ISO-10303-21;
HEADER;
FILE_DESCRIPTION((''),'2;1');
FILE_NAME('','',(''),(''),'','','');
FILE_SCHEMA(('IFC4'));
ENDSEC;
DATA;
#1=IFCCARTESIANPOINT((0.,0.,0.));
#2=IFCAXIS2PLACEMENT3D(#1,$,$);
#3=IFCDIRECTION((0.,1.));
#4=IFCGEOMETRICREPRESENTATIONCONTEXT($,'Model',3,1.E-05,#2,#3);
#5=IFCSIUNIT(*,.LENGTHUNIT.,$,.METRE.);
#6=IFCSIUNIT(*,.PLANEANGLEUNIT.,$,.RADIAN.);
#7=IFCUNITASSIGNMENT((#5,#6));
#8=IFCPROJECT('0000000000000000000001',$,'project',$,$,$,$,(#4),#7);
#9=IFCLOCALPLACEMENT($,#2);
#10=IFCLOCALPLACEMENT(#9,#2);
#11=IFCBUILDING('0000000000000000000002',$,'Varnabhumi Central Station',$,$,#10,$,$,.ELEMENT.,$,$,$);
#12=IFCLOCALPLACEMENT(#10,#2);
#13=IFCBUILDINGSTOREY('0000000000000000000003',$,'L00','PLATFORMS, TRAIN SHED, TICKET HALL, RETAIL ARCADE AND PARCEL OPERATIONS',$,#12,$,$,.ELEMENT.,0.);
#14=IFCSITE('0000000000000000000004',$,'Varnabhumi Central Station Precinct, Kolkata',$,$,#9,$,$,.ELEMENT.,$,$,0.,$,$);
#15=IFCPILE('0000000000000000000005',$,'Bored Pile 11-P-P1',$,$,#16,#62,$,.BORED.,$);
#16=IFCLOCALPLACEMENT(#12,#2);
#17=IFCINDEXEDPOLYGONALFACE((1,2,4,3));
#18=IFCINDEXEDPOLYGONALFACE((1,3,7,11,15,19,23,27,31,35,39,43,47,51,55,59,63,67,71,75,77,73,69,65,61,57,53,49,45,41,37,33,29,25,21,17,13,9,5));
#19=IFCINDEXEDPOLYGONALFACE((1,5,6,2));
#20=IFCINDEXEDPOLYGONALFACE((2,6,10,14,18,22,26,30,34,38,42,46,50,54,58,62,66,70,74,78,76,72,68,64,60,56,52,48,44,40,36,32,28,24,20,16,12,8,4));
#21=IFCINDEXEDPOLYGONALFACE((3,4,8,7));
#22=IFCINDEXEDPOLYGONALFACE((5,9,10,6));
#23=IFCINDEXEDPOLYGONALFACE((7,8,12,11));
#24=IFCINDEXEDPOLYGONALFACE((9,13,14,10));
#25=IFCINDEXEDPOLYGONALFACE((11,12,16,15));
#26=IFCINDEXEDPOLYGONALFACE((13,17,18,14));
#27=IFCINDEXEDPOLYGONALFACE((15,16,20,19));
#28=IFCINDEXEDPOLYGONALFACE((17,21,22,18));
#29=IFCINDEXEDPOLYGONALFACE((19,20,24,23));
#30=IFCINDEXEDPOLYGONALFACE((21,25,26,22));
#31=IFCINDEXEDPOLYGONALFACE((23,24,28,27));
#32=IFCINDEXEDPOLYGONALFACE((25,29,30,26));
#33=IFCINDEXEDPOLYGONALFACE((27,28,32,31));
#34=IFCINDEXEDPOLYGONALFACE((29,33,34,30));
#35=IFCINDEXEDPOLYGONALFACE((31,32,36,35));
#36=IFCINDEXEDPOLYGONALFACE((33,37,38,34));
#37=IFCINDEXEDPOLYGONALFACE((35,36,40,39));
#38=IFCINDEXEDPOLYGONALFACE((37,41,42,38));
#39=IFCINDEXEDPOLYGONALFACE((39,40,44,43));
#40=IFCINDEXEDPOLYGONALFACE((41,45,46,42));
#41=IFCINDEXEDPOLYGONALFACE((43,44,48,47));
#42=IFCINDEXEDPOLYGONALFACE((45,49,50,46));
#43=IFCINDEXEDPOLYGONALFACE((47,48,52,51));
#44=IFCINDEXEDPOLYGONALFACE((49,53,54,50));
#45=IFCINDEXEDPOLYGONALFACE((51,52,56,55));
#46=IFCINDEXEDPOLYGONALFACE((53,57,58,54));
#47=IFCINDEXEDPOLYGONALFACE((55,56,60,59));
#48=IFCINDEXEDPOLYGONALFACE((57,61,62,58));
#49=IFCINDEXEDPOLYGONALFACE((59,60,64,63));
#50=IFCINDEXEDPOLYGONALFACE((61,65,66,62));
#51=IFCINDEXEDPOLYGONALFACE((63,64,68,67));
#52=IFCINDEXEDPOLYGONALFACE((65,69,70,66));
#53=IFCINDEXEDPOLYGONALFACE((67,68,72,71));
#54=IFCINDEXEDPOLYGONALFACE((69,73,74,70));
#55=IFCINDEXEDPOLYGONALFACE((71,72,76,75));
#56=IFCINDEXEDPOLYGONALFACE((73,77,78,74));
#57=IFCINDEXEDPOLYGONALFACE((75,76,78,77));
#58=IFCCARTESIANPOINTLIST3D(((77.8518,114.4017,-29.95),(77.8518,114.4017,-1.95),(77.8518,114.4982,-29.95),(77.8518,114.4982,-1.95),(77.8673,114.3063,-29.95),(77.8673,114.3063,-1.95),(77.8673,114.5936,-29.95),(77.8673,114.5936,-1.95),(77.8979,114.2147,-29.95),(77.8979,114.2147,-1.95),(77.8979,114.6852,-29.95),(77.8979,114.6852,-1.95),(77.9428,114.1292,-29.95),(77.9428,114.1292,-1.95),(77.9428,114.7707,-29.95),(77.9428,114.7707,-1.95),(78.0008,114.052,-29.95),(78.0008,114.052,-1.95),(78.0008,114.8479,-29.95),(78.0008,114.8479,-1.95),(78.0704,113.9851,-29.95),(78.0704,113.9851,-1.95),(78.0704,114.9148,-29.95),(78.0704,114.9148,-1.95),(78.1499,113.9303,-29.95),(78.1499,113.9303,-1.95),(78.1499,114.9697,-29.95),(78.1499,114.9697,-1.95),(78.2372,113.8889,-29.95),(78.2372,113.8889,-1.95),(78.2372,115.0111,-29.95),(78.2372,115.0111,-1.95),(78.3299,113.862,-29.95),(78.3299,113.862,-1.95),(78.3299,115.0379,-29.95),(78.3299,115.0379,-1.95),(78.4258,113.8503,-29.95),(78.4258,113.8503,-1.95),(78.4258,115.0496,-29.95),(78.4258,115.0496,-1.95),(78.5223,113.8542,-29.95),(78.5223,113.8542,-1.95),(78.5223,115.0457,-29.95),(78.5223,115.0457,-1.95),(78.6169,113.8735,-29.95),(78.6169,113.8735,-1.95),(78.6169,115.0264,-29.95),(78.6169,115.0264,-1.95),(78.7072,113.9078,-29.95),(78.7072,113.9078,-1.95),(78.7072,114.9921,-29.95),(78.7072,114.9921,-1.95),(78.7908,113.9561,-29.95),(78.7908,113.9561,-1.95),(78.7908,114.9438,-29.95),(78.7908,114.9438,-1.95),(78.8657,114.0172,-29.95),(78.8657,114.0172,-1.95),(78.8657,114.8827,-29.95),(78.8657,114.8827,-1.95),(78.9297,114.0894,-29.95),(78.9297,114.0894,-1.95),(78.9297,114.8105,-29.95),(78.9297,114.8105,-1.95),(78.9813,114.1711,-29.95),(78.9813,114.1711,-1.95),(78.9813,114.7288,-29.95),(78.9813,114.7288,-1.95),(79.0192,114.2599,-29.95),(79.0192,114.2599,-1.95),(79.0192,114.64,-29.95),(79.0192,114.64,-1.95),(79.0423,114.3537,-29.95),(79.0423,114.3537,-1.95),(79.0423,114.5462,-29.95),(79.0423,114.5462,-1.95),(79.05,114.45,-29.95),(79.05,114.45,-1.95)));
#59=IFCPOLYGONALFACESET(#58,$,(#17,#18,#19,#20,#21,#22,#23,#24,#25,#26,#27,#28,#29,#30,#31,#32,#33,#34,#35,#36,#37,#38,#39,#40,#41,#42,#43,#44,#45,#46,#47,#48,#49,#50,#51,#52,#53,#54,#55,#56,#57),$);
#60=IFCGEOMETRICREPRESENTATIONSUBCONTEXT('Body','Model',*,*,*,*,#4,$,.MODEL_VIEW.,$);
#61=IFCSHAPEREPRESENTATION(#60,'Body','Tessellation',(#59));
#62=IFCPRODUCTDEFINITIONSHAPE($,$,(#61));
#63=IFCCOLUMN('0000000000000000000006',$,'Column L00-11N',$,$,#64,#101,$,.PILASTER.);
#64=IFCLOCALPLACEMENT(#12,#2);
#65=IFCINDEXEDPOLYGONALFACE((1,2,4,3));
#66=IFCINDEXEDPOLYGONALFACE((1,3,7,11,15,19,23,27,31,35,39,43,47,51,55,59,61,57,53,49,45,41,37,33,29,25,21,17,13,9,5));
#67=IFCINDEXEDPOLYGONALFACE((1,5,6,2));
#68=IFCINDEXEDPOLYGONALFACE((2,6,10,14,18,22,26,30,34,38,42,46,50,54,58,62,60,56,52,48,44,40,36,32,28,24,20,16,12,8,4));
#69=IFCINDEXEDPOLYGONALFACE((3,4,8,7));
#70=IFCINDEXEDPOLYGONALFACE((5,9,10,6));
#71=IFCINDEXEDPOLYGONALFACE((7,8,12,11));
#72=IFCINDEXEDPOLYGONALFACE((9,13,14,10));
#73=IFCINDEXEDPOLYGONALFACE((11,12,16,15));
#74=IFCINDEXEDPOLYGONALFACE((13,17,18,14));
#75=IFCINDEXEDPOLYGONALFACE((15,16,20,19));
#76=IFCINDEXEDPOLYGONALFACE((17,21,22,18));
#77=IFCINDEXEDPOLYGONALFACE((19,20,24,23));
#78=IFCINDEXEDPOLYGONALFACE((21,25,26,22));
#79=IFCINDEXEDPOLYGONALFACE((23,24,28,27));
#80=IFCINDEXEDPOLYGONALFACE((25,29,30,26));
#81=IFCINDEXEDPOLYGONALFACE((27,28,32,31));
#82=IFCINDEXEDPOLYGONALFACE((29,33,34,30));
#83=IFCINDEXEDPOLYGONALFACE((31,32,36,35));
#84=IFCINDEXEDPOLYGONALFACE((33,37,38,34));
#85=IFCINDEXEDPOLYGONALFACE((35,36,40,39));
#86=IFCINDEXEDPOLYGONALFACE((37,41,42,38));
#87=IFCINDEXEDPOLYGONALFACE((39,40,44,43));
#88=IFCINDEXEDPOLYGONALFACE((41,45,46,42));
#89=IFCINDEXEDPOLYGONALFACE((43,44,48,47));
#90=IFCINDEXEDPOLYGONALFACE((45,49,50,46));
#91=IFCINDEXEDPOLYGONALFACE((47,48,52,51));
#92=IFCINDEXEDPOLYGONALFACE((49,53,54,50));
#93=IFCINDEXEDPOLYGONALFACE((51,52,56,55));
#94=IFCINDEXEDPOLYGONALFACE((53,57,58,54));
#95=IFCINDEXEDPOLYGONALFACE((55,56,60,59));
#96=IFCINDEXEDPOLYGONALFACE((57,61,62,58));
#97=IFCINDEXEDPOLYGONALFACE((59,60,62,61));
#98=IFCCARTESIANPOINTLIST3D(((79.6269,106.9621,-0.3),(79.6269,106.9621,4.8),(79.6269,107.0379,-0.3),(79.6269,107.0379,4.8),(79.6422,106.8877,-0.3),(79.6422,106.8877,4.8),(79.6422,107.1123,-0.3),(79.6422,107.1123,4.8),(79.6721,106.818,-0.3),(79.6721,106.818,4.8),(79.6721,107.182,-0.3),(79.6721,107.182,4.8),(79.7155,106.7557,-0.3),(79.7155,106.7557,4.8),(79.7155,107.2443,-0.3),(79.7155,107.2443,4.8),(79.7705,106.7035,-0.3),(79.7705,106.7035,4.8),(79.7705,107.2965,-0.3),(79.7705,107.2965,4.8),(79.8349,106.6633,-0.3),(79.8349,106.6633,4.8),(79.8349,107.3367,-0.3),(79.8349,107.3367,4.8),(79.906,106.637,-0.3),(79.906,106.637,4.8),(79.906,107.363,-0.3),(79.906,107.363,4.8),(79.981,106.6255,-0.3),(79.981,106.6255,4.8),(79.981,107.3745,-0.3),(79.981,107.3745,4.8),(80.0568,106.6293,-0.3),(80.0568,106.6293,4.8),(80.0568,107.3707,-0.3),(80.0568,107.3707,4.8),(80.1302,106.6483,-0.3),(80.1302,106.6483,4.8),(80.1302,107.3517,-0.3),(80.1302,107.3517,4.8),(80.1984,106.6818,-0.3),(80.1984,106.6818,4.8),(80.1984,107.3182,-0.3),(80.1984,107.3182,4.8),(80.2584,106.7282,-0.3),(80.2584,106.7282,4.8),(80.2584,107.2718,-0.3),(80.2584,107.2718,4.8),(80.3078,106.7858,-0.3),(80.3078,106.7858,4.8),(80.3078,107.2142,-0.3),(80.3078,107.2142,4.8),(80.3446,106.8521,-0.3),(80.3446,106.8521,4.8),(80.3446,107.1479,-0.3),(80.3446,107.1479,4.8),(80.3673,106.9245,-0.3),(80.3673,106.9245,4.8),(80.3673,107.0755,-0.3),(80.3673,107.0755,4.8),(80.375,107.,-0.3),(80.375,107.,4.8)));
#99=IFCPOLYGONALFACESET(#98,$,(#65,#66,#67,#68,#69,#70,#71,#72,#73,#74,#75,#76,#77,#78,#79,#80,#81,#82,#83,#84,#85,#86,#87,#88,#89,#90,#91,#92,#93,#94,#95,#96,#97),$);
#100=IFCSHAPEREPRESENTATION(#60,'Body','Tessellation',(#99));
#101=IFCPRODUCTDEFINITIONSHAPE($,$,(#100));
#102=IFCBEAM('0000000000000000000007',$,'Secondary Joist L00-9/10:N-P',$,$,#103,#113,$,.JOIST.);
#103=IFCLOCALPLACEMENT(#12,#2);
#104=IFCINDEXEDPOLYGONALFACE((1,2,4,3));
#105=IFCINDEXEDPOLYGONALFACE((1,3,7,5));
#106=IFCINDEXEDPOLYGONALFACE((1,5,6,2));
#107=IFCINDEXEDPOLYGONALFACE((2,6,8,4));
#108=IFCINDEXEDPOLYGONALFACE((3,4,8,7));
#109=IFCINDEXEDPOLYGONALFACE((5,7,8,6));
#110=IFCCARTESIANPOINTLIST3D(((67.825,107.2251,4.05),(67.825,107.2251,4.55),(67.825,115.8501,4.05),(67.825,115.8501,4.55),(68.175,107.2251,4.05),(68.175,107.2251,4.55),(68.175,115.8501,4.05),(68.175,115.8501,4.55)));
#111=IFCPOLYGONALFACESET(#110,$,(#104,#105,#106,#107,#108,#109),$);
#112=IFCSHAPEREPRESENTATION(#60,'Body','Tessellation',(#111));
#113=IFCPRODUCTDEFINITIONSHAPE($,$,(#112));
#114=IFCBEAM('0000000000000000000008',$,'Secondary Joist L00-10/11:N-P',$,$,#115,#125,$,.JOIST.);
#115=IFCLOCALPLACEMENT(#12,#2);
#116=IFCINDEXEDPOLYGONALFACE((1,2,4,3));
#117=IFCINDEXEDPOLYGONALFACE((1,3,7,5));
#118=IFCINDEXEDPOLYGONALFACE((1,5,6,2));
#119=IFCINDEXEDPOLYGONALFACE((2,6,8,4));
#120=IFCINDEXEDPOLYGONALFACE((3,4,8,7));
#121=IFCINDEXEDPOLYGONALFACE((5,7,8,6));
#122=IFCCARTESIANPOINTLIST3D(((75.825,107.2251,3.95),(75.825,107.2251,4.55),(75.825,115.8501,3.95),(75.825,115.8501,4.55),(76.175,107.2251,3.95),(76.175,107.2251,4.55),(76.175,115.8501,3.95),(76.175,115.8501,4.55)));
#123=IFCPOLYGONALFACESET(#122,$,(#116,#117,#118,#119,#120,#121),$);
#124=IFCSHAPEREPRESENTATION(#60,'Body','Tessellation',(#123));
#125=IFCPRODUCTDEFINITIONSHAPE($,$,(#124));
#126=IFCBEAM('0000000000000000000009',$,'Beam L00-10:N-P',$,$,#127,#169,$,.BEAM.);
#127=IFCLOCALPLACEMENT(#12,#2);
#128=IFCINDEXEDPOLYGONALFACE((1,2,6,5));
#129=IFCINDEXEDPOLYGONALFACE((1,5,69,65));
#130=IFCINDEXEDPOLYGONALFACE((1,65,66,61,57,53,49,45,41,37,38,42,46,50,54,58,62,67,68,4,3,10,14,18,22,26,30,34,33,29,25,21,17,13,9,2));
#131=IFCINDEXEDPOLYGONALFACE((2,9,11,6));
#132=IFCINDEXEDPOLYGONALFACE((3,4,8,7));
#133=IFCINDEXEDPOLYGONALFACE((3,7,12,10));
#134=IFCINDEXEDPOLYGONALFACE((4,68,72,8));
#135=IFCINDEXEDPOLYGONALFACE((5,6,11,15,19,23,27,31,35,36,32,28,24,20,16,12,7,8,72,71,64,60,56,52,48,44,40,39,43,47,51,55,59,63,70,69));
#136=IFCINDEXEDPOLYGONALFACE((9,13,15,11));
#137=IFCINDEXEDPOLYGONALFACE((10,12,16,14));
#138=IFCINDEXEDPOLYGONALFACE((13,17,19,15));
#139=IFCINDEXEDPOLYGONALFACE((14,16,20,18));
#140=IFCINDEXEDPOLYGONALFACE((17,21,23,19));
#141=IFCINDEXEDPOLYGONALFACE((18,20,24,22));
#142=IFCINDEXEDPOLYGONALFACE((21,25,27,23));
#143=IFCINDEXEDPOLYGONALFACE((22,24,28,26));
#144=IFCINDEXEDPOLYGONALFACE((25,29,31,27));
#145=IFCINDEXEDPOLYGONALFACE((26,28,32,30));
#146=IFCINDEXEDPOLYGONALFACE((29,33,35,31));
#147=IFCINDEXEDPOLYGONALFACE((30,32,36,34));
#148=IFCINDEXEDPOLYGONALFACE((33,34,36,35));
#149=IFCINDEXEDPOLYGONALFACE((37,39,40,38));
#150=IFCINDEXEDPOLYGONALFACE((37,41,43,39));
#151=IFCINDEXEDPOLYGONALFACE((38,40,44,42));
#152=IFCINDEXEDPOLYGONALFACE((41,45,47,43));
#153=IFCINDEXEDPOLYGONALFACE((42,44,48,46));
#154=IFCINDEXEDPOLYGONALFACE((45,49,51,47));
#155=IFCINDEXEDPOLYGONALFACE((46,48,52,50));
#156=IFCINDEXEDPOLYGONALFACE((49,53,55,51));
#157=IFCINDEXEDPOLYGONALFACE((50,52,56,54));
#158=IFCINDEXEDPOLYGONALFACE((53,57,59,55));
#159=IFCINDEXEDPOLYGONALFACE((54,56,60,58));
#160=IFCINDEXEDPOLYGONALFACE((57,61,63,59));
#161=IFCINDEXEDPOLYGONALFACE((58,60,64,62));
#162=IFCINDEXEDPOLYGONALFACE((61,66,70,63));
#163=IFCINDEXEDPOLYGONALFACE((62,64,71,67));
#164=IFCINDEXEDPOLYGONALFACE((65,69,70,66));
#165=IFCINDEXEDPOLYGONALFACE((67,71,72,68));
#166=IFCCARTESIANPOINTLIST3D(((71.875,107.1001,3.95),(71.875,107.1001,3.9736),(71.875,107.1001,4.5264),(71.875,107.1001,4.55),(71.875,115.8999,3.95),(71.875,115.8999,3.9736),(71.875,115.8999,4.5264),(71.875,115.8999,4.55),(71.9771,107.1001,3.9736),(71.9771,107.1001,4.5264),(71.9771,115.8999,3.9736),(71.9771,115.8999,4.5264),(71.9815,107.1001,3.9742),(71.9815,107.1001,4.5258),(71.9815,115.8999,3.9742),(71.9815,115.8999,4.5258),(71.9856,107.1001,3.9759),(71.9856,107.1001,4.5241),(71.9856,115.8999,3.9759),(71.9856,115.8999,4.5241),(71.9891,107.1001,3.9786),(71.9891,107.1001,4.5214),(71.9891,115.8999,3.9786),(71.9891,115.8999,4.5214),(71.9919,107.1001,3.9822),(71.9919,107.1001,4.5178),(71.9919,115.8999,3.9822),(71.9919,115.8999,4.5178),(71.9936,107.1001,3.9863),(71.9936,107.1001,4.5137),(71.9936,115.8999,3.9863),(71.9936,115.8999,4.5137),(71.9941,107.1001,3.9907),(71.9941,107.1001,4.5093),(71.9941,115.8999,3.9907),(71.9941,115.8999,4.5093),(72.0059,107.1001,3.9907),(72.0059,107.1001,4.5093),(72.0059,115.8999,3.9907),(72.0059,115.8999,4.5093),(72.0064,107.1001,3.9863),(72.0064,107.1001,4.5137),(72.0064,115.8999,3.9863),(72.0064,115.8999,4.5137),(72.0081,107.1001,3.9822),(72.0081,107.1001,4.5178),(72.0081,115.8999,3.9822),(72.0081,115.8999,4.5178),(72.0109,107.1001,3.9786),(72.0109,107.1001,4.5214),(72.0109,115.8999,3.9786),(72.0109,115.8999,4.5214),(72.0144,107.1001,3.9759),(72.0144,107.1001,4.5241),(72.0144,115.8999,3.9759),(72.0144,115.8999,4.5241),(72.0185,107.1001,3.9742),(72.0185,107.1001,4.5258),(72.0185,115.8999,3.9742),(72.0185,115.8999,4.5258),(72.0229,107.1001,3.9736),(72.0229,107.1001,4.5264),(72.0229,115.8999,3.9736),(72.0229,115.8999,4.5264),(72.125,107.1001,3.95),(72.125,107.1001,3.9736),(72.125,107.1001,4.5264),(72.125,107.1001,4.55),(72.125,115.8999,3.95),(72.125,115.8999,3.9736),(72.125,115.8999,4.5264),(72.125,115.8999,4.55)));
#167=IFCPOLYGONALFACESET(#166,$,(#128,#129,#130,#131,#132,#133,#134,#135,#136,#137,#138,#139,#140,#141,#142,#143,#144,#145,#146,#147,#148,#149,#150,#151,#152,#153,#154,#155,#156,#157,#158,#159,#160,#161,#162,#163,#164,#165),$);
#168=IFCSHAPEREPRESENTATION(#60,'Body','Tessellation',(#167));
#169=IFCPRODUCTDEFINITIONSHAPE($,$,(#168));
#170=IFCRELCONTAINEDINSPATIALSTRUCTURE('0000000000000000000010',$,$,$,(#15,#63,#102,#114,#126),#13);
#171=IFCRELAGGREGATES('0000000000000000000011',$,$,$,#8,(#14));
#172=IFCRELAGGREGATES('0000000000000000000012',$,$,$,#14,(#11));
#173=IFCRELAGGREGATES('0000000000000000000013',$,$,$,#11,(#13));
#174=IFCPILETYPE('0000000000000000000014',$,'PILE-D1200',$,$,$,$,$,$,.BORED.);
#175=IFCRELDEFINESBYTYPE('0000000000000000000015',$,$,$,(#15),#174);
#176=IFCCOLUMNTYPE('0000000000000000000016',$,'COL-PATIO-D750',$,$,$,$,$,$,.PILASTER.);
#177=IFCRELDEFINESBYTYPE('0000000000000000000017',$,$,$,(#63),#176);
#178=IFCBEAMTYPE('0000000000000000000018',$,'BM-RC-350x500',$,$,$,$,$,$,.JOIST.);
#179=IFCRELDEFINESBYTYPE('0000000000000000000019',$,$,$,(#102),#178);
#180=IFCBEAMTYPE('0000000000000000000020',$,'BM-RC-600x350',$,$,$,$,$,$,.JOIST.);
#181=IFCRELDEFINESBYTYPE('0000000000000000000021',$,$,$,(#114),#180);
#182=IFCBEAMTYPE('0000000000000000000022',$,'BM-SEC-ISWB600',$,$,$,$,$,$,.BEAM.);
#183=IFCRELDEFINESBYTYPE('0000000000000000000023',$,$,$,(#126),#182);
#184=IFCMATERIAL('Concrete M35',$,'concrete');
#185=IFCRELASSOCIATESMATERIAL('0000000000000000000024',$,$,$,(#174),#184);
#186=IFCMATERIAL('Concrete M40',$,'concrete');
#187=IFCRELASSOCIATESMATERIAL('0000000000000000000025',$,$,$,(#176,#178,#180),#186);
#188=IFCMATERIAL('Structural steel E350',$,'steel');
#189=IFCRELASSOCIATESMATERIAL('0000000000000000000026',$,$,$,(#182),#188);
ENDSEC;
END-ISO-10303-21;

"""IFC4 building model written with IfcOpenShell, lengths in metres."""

from ifc_helpers import new_model, si_unit, direction, frame, origin, origin_2d, place, context, subcontext, project, spatial, rectangle, circle, i_section, extrude, material, material_profile, profile_set, type_object, element, save


model = new_model("IFC4")

# Units and contexts
model_context = context("Model", 3, precision=1e-05, world=origin(), true_north=direction((0.0, 1.0)))
body_context = subcontext(model_context, "Body", "Model", "MODEL_VIEW")
ifc_project = project(units=[si_unit("LENGTHUNIT", "METRE"), si_unit("PLANEANGLEUNIT", "RADIAN")], contexts=[model_context])

# Site, building, storey
site_placement = place(None, origin())
site = spatial("IfcSite", under=ifc_project, at=site_placement, Name="Varnabhumi Central Station Precinct, Kolkata", CompositionType="ELEMENT", RefElevation=0.0)
building_placement = place(site_placement, origin())
building = spatial("IfcBuilding", under=site, at=building_placement, Name="Varnabhumi Central Station", CompositionType="ELEMENT")
storey_placement = place(building_placement, origin())
storey = spatial("IfcBuildingStorey", under=building, at=storey_placement, Name="L00", Description="PLATFORMS, TRAIN SHED, TICKET HALL, RETAIL ARCADE AND PARCEL OPERATIONS", CompositionType="ELEMENT", Elevation=0.0)

# Shared definitions
ifc_material_1 = material(Name="Concrete M40", Category="concrete")

# Pile
ifc_material_2 = material(Name="Concrete M35", Category="concrete")
ifc_material_profile_1 = material_profile(ifc_material_2, circle(Radius=0.6001, at=origin_2d()), Name="Concrete M35", Category="concrete")
ifc_profile_set_1 = profile_set([ifc_material_profile_1], Name="Concrete M35")
pile_type_1 = type_object("IfcPileType", Name="PILE-D1200", PredefinedType="BORED", material=ifc_profile_set_1)
for number, where, z_axis, x_axis, name in (
    (1, (78.45, 114.45, -1.95), (0.0, 0.0, -1.0), (1.0, 0.0, 0.0), "Bored Pile 11-P-P1"),
):
    element("IfcPile", number, at=place(storey_placement, frame(where, z_axis=z_axis, x_axis=x_axis)), inside=storey, type_object=pile_type_1, Name=name, PredefinedType="BORED", context=body_context, shape_type="SweptSolid", body=[
        extrude(circle(Radius=0.6001, at=origin_2d()), origin(), (0.0, 0.0, 1.0), 28.0),
    ])

# Column
ifc_material_profile_2 = material_profile(ifc_material_1, circle(Radius=0.375, at=origin_2d()), Name="Concrete M40", Category="concrete")
ifc_profile_set_2 = profile_set([ifc_material_profile_2], Name="Concrete M40")
column_type = type_object("IfcColumnType", Name="COL-PATIO-D750", PredefinedType="PILASTER", material=ifc_profile_set_2)
column_placement = place(storey_placement, frame((80.0, 107.0, -0.3), z_axis=(0.0, 0.0, 1.0), x_axis=(1.0, 0.0, 0.0)))
element("IfcColumn", 2, at=column_placement, inside=storey, type_object=column_type, Name="Column L00-11N", PredefinedType="PILASTER", context=body_context, shape_type="SweptSolid", body=[
    extrude(circle(Radius=0.375, at=origin_2d()), origin(), (0.0, 0.0, 1.0), 5.1001),
])

# Beams
ifc_material_profile_3 = material_profile(ifc_material_1, rectangle(XDim=0.3501, YDim=0.5, at=origin_2d()), Name="Concrete M40", Category="concrete")
ifc_profile_set_3 = profile_set([ifc_material_profile_3], Name="Concrete M40")
beam_type_1 = type_object("IfcBeamType", Name="BM-RC-350x500", PredefinedType="JOIST", material=ifc_profile_set_3)
beam_1_placement = place(storey_placement, frame((68.0, 107.2251, 4.3), z_axis=(0.0, 1.0, 0.0), x_axis=(-1.0, 0.0, 0.0)))
element("IfcBeam", 3, at=beam_1_placement, inside=storey, type_object=beam_type_1, Name="Secondary Joist L00-9/10:N-P", PredefinedType="JOIST", context=body_context, shape_type="SweptSolid", body=[
    extrude(rectangle(XDim=0.3501, YDim=0.5, at=origin_2d()), origin(), (0.0, 0.0, 1.0), 8.625),
])
ifc_material_profile_4 = material_profile(ifc_material_1, rectangle(XDim=0.3501, YDim=0.6001, at=origin_2d()), Name="Concrete M40", Category="concrete")
ifc_profile_set_4 = profile_set([ifc_material_profile_4], Name="Concrete M40")
beam_type_2 = type_object("IfcBeamType", Name="BM-RC-600x350", PredefinedType="JOIST", material=ifc_profile_set_4)
beam_2_placement = place(storey_placement, frame((76.0, 107.2251, 4.25), z_axis=(0.0, 1.0, 0.0), x_axis=(-1.0, 0.0, 0.0)))
element("IfcBeam", 4, at=beam_2_placement, inside=storey, type_object=beam_type_2, Name="Secondary Joist L00-10/11:N-P", PredefinedType="JOIST", context=body_context, shape_type="SweptSolid", body=[
    extrude(rectangle(XDim=0.3501, YDim=0.6001, at=origin_2d()), origin(), (0.0, 0.0, 1.0), 8.625),
])
ifc_material_3 = material(Name="Structural steel E350", Category="steel")
ifc_material_profile_5 = material_profile(ifc_material_3, i_section(OverallWidth=0.25, OverallDepth=0.6001, WebThickness=0.0117, FlangeThickness=0.0237, FilletRadius=0.0171, at=origin_2d()), Name="Structural steel E350", Category="steel")
ifc_profile_set_5 = profile_set([ifc_material_profile_5], Name="Structural steel E350")
beam_type_3 = type_object("IfcBeamType", Name="BM-SEC-ISWB600", PredefinedType="BEAM", material=ifc_profile_set_5)
for number, where, z_axis, x_axis, name in (
    (5, (72.0, 107.1001, 4.25), (0.0, 1.0, 0.0), (-1.0, 0.0, 0.0), "Beam L00-10:N-P"),
):
    element("IfcBeam", number, at=place(storey_placement, frame(where, z_axis=z_axis, x_axis=x_axis)), inside=storey, type_object=beam_type_3, Name=name, PredefinedType="BEAM", context=body_context, shape_type="SweptSolid", body=[
        extrude(i_section(OverallWidth=0.25, OverallDepth=0.6001, WebThickness=0.0117, FlangeThickness=0.0237, FilletRadius=0.0171, at=origin_2d()), origin(), (0.0, 0.0, 1.0), 8.7998),
    ])

save(model, "model.ifc")
